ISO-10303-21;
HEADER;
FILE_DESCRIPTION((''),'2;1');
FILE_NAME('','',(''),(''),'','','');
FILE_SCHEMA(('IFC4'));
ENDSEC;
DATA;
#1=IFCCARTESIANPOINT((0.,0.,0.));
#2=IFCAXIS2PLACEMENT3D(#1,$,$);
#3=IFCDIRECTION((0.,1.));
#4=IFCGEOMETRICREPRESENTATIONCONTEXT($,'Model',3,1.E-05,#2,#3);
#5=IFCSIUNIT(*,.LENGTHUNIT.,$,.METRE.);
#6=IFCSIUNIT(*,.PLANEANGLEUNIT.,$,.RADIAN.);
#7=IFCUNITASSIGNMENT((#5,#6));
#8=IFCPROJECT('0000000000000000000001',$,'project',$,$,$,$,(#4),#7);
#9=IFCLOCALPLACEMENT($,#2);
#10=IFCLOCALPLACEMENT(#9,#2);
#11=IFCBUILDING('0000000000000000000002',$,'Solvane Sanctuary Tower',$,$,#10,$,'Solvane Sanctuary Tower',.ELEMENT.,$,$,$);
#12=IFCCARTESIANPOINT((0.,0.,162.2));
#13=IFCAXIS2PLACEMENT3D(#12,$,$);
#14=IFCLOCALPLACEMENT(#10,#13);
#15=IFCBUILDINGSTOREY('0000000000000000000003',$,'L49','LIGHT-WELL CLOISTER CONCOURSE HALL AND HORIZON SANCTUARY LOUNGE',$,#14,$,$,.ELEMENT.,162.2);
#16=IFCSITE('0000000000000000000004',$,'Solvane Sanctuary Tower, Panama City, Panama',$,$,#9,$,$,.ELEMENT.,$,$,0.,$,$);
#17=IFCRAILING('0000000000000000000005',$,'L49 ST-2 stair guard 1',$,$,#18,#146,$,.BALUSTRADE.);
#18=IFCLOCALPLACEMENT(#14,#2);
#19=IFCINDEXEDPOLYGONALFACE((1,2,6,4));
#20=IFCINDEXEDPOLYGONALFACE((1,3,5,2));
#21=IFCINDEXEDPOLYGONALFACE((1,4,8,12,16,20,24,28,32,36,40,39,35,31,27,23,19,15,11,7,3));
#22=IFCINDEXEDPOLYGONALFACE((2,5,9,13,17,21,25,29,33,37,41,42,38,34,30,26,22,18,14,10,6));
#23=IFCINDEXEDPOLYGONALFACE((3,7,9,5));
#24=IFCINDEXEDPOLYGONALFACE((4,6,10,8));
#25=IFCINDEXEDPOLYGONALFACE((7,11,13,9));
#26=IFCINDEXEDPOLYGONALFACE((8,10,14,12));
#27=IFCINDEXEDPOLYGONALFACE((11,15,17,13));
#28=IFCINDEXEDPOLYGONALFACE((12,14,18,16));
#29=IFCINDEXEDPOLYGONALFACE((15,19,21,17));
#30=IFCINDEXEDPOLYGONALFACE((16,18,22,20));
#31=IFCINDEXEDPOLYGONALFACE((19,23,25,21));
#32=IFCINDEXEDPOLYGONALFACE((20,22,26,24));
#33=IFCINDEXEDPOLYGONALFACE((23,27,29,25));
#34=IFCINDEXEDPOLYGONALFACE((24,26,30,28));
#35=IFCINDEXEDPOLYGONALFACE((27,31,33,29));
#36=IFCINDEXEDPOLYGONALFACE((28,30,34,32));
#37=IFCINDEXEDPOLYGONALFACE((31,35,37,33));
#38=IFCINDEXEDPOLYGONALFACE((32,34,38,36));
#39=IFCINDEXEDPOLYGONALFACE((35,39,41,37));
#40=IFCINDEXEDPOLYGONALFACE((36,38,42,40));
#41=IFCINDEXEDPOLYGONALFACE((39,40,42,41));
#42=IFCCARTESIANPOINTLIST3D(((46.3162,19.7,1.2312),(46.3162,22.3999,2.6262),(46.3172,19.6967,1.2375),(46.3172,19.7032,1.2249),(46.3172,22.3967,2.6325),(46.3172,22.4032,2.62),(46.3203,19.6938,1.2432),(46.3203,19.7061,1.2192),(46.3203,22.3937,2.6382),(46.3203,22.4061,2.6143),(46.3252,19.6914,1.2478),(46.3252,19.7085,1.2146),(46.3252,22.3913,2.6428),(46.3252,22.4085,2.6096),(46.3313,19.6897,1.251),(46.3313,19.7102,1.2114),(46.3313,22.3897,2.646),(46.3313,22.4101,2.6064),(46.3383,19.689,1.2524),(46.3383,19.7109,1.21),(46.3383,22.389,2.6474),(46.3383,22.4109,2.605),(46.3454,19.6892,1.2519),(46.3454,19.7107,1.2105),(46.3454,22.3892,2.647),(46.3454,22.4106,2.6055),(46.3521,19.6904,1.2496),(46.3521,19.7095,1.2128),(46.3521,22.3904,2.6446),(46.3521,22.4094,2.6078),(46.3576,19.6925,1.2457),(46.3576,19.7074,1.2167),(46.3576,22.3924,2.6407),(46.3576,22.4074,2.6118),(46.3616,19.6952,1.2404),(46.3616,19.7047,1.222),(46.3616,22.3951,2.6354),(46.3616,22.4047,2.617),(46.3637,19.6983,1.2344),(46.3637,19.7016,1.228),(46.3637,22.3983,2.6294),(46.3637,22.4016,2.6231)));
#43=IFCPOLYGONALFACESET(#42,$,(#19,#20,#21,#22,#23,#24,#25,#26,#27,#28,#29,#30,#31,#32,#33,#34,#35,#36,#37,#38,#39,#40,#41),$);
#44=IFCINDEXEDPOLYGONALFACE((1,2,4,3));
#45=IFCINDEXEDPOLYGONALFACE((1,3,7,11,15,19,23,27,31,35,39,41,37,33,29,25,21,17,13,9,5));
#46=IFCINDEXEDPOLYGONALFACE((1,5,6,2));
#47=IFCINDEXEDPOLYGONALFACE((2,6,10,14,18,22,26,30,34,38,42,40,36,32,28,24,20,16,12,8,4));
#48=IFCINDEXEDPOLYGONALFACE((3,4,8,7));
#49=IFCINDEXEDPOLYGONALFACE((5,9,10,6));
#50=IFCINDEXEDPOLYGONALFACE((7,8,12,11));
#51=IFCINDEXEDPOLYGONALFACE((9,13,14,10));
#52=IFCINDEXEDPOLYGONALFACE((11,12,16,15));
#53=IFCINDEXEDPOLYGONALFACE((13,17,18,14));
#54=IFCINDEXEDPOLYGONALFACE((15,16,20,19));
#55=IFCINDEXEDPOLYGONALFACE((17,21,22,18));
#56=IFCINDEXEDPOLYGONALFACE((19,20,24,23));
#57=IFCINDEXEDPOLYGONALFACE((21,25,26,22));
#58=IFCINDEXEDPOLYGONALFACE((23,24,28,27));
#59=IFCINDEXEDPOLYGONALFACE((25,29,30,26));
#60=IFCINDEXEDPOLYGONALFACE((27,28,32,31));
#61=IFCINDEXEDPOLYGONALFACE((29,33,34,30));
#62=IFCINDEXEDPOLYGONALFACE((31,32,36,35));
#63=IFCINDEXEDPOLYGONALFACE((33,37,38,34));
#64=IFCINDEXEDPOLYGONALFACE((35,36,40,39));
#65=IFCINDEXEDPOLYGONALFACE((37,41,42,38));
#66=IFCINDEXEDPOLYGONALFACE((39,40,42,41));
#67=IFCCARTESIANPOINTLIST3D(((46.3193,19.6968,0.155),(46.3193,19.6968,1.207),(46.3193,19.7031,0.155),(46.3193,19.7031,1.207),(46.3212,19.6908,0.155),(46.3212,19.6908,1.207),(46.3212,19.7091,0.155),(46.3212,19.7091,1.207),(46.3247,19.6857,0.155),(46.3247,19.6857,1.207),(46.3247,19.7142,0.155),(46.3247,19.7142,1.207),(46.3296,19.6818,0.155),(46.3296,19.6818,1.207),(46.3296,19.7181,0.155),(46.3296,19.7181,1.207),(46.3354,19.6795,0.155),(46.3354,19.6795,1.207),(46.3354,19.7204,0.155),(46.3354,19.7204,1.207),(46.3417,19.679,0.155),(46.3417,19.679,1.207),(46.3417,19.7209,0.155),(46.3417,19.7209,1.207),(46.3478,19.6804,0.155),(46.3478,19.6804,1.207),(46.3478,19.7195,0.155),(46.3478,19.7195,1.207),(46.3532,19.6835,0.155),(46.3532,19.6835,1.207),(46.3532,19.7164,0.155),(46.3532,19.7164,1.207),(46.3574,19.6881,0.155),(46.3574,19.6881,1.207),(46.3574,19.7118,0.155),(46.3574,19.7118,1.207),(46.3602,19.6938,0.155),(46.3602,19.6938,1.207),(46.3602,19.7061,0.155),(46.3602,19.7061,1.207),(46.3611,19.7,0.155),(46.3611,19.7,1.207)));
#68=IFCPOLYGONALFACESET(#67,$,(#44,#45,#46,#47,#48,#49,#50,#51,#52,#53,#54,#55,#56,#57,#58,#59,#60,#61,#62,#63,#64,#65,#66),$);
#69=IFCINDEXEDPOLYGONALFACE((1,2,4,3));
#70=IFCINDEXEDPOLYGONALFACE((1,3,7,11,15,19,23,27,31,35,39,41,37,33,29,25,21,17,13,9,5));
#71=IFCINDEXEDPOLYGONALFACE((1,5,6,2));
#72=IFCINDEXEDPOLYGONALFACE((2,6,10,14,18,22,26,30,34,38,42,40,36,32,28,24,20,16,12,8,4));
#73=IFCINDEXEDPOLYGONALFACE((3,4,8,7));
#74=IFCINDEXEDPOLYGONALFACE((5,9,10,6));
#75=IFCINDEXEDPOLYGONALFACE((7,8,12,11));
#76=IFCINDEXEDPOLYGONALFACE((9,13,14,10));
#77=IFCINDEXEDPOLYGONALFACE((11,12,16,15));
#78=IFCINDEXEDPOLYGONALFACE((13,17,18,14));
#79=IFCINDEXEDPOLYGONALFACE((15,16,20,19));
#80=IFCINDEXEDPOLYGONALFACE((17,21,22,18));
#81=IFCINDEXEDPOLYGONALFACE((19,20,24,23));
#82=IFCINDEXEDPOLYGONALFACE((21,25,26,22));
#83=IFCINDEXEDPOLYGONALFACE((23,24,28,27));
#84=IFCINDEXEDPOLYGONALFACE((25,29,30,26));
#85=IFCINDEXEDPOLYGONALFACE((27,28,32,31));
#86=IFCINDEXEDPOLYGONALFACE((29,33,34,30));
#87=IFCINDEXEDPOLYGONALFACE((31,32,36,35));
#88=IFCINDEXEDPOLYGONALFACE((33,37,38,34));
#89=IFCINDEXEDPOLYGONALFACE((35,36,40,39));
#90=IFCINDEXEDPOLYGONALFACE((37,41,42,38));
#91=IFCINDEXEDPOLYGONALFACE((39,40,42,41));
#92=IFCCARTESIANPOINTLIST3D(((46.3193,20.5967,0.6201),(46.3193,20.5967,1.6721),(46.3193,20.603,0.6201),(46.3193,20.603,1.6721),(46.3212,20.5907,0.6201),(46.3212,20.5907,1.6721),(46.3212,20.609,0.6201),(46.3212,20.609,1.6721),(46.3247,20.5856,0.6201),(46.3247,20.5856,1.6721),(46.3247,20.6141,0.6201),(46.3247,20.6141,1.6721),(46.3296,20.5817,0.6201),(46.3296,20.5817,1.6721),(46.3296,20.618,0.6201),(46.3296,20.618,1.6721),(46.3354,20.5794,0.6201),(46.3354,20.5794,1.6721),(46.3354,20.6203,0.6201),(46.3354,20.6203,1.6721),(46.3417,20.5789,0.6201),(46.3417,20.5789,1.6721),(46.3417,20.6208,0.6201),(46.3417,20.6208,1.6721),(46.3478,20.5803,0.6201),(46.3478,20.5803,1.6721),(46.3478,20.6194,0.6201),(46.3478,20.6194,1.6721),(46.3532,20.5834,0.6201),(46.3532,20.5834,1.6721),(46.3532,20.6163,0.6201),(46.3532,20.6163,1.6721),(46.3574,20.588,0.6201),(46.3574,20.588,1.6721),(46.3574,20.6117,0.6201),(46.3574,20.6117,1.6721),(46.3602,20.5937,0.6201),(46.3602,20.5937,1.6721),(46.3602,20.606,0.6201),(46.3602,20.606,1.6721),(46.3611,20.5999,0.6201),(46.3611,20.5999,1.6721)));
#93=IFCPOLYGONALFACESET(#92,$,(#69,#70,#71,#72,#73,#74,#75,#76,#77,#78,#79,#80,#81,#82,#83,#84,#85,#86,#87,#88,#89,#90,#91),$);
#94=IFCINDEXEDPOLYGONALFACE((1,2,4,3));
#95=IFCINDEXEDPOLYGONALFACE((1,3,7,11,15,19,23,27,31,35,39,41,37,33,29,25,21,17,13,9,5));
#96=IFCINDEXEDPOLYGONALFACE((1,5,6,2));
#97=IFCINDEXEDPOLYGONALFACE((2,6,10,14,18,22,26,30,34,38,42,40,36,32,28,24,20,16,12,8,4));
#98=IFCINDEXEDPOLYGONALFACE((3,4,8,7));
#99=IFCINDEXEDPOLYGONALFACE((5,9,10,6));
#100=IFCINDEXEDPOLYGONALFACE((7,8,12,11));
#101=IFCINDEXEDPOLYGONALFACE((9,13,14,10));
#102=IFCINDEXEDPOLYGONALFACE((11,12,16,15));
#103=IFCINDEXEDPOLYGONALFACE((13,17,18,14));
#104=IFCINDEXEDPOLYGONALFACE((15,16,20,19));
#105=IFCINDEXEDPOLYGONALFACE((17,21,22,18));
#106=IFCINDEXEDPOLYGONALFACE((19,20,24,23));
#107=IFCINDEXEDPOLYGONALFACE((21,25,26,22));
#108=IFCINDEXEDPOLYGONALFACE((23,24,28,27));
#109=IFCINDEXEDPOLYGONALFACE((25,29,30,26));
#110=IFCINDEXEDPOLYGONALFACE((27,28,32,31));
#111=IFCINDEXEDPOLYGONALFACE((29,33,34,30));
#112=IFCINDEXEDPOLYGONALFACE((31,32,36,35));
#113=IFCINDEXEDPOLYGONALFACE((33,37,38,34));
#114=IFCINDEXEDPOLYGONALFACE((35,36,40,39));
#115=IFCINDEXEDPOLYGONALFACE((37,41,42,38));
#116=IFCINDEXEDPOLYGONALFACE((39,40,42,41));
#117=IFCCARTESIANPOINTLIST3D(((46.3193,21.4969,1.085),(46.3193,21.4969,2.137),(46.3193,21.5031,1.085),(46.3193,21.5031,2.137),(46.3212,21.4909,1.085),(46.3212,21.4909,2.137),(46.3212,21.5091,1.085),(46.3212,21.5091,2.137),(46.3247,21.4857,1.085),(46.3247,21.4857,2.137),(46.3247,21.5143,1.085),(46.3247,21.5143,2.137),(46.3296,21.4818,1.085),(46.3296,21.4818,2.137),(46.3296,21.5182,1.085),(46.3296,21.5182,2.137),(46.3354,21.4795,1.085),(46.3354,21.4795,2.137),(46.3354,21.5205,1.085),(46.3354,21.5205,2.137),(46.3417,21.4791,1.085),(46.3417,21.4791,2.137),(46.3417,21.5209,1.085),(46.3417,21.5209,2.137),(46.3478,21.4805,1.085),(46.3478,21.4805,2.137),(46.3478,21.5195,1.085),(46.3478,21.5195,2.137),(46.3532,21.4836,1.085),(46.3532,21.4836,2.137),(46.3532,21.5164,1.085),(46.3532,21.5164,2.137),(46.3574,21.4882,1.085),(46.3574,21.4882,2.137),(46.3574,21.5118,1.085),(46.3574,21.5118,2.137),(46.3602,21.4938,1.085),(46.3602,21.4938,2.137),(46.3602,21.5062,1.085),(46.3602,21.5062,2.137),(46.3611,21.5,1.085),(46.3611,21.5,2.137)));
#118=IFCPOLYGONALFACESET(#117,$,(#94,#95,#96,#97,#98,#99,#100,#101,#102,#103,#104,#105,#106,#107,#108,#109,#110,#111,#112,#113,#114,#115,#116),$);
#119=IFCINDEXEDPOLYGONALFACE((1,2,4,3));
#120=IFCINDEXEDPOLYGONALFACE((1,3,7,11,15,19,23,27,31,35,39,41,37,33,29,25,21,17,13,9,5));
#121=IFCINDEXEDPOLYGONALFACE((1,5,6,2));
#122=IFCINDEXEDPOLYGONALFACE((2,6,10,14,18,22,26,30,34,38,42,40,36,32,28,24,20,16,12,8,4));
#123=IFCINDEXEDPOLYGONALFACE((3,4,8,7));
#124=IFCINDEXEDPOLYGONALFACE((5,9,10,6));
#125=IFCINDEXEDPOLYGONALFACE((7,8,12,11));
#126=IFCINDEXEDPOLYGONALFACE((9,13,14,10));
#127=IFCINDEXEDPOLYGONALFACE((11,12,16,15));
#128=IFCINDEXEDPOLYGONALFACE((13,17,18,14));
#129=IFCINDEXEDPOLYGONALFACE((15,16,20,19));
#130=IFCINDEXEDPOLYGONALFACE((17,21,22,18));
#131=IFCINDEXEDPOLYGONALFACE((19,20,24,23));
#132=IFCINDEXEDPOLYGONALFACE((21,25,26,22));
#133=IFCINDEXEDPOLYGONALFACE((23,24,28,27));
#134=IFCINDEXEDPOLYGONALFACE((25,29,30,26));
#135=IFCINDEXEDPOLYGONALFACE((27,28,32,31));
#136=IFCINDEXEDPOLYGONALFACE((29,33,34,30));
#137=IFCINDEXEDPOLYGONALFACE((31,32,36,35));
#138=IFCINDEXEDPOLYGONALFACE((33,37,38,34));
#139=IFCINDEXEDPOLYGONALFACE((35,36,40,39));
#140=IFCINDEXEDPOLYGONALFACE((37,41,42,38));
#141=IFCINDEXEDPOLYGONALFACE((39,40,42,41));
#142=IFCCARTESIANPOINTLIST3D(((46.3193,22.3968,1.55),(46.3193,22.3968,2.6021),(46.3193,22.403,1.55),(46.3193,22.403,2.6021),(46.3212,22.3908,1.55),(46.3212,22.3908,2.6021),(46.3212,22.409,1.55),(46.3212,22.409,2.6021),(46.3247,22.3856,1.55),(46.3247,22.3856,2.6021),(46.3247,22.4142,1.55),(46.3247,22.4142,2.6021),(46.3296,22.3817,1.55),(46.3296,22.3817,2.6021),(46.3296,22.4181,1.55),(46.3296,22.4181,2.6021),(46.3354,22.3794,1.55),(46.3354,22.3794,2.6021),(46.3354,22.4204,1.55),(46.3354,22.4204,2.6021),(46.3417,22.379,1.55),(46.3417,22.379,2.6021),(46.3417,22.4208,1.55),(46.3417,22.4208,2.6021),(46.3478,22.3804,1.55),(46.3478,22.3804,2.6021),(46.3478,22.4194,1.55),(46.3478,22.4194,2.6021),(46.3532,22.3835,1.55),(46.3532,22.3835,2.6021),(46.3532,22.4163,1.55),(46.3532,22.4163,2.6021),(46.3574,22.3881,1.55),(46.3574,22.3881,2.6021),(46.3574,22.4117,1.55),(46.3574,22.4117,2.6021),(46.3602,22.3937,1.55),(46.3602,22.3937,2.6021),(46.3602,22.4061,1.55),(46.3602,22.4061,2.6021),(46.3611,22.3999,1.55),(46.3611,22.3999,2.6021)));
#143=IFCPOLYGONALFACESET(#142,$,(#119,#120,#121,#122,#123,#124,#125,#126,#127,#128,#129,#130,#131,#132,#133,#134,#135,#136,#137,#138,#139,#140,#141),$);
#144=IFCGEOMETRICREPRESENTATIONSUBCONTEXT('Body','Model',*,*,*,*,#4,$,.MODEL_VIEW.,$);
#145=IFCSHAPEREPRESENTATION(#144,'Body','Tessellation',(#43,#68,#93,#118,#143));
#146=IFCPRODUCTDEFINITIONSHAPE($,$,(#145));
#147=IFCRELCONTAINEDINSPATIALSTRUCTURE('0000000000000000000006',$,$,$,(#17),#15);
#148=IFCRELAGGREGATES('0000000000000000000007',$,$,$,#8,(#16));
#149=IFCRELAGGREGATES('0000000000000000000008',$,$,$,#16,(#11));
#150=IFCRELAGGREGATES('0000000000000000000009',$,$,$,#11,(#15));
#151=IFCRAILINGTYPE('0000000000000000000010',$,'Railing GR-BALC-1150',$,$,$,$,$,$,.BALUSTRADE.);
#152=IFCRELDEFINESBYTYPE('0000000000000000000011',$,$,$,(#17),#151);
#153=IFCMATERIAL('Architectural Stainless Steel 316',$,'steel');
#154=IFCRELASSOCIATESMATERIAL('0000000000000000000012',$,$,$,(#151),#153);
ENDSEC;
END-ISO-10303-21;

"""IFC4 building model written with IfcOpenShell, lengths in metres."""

from ifc_helpers import new_model, si_unit, direction, frame, origin, origin_2d, place, context, subcontext, project, spatial, circle, extrude, material, type_object, element, save


model = new_model("IFC4")

# Units and contexts
model_context = context("Model", 3, precision=1e-05, world=origin(), true_north=direction((0.0, 1.0)))
body_context = subcontext(model_context, "Body", "Model", "MODEL_VIEW")
ifc_project = project(units=[si_unit("LENGTHUNIT", "METRE"), si_unit("PLANEANGLEUNIT", "RADIAN")], contexts=[model_context])

# Site, building, storey
site_placement = place(None, origin())
site = spatial("IfcSite", under=ifc_project, at=site_placement, Name="Solvane Sanctuary Tower, Panama City, Panama", CompositionType="ELEMENT", RefElevation=0.0)
building_placement = place(site_placement, origin())
building = spatial("IfcBuilding", under=site, at=building_placement, Name="Solvane Sanctuary Tower", LongName="Solvane Sanctuary Tower", CompositionType="ELEMENT")
storey_placement = place(building_placement, frame((0.0, 0.0, 162.2)))
storey = spatial("IfcBuildingStorey", under=building, at=storey_placement, Name="L49", Description="LIGHT-WELL CLOISTER CONCOURSE HALL AND HORIZON SANCTUARY LOUNGE", CompositionType="ELEMENT", Elevation=162.2)

# Shared definitions
ifc_material_1 = material(Name="Architectural Stainless Steel 316", Category="steel")

# Railing
railing_type_1 = type_object("IfcRailingType", Name="Railing GR-BALC-1150", PredefinedType="BALUSTRADE", material=ifc_material_1)
railing_1_placement = place(storey_placement, frame((46.3401, 19.7, 0.155)))
element("IfcRailing", 1, at=railing_1_placement, inside=storey, type_object=railing_type_1, Name="L49 ST-2 stair guard 1", PredefinedType="BALUSTRADE", context=body_context, shape_type="SweptSolid", body=[
    extrude(circle(Radius=0.0239, at=origin_2d()), frame((0.0, 0.0, 1.0762), z_axis=(0.0, 0.88842, 0.459032), x_axis=(-1.0, 0.0, 0.0)), (0.0, 0.0, 1.0), 3.0391),
    extrude(circle(Radius=0.021, at=origin_2d()), origin(), (0.0, 0.0, 1.0), 1.052),
    extrude(circle(Radius=0.021, at=origin_2d()), frame((0.0, 0.8999, 0.4651)), (0.0, 0.0, 1.0), 1.052),
    extrude(circle(Radius=0.021, at=origin_2d()), frame((0.0, 1.8, 0.9299)), (0.0, 0.0, 1.0), 1.052),
    extrude(circle(Radius=0.021, at=origin_2d()), frame((0.0, 2.7, 1.395)), (0.0, 0.0, 1.0), 1.052),
])

save(model, "model.ifc")
